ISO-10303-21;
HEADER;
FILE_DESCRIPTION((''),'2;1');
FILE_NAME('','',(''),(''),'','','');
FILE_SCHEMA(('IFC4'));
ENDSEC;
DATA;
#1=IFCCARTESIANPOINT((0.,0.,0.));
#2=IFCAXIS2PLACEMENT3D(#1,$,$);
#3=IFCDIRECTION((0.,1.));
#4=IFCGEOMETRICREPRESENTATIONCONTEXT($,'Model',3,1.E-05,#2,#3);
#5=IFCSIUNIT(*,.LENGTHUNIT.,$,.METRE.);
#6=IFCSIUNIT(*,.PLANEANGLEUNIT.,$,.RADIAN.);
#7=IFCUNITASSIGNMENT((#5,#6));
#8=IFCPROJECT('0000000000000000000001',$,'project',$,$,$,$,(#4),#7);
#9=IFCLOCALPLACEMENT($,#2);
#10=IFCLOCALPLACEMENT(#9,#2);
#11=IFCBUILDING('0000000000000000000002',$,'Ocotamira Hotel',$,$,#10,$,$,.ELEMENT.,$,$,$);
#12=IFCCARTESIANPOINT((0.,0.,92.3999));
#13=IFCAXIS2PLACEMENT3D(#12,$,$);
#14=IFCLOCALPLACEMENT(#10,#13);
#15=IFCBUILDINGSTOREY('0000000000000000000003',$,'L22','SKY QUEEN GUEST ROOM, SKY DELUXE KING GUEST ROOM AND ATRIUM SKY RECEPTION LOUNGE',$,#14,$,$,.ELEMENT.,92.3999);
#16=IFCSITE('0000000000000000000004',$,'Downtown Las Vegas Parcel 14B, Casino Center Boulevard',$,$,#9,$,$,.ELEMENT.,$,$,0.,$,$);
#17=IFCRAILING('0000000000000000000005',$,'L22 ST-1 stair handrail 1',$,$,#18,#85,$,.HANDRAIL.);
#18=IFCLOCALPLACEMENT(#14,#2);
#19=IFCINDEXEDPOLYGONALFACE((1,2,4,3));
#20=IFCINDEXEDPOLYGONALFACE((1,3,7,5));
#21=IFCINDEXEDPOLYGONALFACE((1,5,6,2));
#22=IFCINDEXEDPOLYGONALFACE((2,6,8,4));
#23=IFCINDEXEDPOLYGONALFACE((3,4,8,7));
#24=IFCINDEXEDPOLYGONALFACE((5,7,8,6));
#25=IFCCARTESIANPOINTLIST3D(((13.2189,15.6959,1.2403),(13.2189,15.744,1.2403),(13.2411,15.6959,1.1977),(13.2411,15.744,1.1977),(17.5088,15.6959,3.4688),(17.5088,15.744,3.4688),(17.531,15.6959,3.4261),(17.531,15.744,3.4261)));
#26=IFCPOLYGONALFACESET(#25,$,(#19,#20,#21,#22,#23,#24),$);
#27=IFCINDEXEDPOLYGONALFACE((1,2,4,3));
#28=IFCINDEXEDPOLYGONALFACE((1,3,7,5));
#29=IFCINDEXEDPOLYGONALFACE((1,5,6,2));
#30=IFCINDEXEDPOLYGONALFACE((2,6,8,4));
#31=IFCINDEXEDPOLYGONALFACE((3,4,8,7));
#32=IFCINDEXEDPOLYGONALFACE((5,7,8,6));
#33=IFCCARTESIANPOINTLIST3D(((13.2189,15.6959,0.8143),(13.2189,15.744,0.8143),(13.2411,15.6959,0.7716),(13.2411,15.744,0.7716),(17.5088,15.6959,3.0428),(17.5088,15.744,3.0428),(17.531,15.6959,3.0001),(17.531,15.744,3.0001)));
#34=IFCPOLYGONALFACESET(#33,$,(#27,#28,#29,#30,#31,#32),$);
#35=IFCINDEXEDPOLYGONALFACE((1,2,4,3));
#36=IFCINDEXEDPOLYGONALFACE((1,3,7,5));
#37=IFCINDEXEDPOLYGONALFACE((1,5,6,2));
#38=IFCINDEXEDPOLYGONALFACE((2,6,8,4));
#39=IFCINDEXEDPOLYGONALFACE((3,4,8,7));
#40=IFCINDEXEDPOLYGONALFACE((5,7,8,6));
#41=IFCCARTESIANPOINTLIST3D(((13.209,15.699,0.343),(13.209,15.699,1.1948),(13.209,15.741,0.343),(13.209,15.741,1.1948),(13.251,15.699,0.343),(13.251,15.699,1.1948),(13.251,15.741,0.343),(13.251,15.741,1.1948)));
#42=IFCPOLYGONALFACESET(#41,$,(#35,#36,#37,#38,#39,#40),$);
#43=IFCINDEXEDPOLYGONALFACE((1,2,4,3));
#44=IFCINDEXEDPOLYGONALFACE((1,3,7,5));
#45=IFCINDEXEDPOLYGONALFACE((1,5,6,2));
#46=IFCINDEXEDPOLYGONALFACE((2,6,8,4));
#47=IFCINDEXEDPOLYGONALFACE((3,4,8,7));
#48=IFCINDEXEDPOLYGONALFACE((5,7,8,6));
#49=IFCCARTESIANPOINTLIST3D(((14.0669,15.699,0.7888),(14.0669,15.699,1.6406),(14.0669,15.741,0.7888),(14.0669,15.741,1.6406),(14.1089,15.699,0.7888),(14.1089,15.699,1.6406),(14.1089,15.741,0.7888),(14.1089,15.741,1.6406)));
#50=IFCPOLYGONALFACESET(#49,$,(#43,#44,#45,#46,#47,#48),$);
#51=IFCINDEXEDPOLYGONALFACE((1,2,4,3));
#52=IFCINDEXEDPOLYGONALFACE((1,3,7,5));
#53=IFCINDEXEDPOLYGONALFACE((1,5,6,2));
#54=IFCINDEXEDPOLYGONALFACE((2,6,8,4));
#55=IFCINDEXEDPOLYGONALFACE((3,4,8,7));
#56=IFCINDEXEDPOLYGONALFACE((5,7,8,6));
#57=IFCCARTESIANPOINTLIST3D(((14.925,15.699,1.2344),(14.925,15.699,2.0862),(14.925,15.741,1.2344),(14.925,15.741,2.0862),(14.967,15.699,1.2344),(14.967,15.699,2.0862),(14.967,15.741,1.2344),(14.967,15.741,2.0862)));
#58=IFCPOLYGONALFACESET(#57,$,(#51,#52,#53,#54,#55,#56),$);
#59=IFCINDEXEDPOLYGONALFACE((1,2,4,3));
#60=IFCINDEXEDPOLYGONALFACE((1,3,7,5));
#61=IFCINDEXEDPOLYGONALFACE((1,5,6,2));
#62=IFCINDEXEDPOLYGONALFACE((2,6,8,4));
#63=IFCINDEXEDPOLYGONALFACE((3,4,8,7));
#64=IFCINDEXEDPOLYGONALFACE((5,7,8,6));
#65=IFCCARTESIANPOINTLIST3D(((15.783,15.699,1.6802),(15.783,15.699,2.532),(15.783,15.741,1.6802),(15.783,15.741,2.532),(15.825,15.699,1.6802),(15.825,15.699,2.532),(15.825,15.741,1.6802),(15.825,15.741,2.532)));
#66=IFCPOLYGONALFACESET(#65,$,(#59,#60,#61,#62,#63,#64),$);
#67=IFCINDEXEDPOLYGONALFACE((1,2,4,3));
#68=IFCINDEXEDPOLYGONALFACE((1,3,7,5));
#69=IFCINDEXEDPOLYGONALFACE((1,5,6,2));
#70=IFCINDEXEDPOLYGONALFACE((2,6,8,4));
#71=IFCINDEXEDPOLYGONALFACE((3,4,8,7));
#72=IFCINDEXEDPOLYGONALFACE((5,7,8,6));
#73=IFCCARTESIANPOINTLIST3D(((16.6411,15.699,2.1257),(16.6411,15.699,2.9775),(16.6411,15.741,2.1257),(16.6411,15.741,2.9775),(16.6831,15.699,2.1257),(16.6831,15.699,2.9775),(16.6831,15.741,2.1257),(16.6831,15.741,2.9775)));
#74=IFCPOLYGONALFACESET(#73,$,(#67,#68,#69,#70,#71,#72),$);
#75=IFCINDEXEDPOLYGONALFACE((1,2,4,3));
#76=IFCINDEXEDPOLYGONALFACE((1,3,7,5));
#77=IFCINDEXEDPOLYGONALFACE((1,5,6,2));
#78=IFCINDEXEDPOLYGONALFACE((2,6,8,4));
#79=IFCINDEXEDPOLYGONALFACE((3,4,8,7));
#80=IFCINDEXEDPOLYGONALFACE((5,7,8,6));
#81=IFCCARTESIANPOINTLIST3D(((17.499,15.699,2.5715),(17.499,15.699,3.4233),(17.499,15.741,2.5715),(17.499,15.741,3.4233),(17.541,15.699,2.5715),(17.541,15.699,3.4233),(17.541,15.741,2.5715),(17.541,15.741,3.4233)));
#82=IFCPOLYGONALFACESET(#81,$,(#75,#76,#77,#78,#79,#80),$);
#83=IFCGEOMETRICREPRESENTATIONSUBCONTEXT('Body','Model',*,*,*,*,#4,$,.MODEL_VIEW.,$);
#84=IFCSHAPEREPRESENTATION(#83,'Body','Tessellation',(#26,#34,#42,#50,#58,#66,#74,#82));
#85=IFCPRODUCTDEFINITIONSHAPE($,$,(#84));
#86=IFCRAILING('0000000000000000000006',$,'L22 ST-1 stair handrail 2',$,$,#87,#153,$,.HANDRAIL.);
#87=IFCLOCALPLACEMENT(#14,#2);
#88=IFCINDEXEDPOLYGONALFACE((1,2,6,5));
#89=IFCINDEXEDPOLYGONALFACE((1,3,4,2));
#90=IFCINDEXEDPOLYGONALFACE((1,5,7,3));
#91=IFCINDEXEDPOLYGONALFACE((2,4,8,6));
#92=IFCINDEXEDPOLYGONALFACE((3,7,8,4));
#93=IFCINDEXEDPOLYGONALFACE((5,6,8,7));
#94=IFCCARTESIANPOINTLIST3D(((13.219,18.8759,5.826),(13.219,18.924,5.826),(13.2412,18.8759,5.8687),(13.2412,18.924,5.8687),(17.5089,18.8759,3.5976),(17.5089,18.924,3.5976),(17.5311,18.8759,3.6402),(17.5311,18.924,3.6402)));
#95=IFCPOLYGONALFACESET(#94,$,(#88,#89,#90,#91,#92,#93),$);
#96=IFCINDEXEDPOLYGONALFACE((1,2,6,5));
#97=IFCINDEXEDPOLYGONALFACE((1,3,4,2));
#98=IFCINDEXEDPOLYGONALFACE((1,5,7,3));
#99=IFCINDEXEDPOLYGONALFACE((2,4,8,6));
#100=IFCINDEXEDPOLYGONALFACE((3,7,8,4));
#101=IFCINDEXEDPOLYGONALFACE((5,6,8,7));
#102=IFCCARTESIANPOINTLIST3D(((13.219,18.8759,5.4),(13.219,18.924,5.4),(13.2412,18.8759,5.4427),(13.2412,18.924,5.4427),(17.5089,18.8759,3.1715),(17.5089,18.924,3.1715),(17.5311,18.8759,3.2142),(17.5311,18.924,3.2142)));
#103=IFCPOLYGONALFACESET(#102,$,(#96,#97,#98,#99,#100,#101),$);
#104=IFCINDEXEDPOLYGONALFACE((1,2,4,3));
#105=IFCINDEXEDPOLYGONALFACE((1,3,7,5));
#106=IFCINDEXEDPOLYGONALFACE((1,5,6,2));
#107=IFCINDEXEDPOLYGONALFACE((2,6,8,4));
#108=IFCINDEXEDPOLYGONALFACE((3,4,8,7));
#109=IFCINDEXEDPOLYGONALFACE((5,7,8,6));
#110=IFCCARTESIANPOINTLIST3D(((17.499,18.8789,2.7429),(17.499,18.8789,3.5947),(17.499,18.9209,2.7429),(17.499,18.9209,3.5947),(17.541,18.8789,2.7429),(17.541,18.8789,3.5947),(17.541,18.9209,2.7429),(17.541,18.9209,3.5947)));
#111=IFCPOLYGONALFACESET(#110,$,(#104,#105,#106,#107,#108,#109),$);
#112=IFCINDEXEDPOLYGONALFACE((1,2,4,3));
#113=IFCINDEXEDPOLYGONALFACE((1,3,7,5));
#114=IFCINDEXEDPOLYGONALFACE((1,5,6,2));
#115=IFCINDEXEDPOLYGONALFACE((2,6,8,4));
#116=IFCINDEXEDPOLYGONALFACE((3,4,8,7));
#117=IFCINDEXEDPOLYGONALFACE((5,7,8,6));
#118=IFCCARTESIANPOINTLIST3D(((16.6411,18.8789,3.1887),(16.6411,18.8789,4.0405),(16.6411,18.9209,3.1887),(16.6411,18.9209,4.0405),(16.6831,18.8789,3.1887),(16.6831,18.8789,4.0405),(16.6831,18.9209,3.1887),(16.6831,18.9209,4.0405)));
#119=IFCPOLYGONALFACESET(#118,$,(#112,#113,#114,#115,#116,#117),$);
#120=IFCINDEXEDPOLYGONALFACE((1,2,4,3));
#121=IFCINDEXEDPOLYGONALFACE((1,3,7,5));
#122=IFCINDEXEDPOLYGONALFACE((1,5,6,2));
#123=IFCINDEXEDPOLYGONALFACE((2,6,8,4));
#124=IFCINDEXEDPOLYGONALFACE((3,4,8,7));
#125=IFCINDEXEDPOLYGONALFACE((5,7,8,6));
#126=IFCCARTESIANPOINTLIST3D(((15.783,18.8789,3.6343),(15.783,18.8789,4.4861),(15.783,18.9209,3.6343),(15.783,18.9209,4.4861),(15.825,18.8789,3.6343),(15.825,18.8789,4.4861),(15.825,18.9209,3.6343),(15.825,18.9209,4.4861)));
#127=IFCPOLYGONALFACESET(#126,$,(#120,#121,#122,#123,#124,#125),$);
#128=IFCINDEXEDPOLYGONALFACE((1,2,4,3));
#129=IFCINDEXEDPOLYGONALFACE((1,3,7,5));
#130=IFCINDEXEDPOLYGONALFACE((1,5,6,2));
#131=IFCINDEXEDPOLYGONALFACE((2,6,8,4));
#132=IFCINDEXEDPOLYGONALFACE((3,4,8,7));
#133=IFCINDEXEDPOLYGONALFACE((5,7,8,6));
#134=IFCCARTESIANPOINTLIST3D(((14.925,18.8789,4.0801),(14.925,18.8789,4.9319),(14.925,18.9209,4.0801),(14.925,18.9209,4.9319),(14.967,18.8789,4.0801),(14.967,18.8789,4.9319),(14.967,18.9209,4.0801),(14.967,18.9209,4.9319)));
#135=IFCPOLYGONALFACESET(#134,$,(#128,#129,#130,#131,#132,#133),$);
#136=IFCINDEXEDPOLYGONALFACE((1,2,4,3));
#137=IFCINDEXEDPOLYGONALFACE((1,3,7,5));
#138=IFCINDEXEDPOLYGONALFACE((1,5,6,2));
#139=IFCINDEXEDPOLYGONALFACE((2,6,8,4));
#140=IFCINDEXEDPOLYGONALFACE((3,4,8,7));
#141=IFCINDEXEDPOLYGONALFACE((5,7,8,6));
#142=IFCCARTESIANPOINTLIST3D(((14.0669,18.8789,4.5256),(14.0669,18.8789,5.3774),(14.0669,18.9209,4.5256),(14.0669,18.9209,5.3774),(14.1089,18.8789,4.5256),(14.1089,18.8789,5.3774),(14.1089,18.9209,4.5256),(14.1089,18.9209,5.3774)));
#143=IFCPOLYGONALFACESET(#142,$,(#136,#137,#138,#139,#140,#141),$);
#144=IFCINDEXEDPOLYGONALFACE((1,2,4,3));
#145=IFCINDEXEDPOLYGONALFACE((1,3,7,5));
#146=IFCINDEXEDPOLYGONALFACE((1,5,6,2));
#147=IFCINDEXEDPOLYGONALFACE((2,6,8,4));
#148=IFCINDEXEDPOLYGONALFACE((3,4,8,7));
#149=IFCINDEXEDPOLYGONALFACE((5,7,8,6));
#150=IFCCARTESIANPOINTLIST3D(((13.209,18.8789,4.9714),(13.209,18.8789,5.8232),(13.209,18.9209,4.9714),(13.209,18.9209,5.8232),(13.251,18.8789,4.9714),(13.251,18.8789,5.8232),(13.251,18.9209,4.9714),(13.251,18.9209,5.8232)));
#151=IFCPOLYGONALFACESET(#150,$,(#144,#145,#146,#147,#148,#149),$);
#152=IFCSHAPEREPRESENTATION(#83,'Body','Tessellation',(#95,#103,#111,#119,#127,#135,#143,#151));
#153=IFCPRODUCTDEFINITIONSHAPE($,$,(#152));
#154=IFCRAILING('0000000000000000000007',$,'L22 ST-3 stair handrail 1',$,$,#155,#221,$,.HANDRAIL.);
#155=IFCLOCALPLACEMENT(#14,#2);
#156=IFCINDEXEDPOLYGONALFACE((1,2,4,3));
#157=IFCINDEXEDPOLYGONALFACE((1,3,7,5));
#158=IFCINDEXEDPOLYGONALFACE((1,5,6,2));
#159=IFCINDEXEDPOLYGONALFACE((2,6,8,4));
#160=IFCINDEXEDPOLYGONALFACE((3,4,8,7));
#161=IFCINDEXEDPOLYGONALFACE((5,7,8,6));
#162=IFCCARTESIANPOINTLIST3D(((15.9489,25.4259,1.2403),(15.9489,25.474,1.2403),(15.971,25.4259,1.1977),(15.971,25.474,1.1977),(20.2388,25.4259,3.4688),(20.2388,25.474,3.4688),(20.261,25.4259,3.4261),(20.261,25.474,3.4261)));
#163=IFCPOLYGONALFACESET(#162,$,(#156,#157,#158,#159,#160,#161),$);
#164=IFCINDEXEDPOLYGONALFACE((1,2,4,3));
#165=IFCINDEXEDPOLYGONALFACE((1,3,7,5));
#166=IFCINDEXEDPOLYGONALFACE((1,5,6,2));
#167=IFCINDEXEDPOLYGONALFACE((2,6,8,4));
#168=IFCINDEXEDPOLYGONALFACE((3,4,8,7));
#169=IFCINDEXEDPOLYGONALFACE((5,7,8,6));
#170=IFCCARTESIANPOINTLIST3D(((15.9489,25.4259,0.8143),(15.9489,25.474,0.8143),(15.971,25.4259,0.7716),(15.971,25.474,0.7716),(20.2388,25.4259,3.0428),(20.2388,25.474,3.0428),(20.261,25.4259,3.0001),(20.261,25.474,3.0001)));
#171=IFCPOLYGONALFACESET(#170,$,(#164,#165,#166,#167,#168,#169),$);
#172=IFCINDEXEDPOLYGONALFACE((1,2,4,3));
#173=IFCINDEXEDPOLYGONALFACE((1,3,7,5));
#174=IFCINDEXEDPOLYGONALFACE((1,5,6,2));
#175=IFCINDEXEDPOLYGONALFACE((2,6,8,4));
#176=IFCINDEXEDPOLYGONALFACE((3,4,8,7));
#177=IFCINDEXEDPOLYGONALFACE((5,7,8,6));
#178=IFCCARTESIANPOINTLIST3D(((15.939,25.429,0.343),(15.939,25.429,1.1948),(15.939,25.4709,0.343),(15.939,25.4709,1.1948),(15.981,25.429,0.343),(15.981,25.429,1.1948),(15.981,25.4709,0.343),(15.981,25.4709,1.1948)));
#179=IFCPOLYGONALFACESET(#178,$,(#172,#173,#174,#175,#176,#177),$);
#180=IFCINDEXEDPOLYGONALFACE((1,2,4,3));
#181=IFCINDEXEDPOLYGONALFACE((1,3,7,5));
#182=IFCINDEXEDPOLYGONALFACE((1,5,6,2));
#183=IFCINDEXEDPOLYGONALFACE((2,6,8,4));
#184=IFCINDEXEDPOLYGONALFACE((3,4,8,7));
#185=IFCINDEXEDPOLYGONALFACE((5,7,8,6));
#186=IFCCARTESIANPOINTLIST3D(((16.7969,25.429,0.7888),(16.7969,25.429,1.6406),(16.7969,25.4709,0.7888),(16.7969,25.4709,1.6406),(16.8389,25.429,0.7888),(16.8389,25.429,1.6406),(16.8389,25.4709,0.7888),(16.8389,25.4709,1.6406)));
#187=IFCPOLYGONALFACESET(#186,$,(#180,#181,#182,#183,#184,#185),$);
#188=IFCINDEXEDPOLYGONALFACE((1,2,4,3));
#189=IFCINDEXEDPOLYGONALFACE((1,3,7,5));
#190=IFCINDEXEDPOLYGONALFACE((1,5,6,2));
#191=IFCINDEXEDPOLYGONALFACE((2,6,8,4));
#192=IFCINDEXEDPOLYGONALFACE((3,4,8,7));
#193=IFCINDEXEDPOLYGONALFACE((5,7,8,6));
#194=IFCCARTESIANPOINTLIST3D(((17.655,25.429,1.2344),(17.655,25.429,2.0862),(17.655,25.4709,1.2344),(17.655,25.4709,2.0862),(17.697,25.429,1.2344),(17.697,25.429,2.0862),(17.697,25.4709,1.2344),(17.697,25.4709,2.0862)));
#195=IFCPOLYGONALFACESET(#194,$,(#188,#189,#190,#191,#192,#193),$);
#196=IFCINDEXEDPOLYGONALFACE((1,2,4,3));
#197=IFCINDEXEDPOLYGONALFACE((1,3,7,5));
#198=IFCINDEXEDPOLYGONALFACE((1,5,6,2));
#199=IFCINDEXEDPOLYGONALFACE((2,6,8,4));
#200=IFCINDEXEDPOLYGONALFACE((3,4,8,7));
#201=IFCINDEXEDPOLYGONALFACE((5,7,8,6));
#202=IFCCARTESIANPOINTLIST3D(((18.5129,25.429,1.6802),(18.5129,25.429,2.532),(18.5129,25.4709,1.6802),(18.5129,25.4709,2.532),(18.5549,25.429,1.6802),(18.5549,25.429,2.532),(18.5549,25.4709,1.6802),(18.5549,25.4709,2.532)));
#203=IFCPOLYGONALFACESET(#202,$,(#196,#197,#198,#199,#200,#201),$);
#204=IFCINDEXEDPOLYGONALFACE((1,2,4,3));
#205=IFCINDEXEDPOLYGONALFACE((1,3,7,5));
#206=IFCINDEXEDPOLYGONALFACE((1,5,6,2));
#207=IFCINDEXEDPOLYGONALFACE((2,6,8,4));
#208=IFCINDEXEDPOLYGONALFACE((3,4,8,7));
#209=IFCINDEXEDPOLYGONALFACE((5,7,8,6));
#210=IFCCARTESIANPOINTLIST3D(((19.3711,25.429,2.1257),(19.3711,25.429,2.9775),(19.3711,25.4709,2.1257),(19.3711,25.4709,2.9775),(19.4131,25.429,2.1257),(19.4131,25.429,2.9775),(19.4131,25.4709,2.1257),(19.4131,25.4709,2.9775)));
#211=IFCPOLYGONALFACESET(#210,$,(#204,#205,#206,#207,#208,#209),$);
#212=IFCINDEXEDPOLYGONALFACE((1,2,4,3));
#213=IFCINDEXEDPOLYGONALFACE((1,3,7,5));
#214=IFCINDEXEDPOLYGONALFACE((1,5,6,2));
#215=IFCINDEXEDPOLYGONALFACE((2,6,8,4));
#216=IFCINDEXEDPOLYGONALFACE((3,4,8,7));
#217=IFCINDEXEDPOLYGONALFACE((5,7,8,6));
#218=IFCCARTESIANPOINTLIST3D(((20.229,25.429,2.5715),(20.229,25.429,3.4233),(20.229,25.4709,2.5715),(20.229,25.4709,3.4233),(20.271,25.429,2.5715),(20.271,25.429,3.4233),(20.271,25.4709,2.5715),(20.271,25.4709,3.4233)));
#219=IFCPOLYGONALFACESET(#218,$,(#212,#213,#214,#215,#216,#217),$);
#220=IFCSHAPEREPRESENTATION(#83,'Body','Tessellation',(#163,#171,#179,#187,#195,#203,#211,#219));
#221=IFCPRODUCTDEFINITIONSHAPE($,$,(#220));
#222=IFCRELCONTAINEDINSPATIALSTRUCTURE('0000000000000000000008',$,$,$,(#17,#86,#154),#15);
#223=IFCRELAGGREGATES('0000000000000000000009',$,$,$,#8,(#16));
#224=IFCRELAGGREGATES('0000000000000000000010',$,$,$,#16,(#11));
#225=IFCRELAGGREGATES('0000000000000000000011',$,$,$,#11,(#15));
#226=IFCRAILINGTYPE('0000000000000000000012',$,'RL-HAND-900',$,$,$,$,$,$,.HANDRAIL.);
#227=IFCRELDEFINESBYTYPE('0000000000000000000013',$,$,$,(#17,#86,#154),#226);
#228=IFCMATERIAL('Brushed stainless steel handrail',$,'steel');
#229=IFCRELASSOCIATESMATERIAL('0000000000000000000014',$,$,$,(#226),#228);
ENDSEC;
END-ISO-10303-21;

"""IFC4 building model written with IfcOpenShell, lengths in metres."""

from ifc_helpers import new_model, si_unit, direction, frame, origin, origin_2d, place, context, subcontext, project, spatial, rectangle, extrude, material, type_object, element, save


model = new_model("IFC4")

# Units and contexts
model_context = context("Model", 3, precision=1e-05, world=origin(), true_north=direction((0.0, 1.0)))
body_context = subcontext(model_context, "Body", "Model", "MODEL_VIEW")
ifc_project = project(units=[si_unit("LENGTHUNIT", "METRE"), si_unit("PLANEANGLEUNIT", "RADIAN")], contexts=[model_context])

# Site, building, storey
site_placement = place(None, origin())
site = spatial("IfcSite", under=ifc_project, at=site_placement, Name="Downtown Las Vegas Parcel 14B, Casino Center Boulevard", CompositionType="ELEMENT", RefElevation=0.0)
building_placement = place(site_placement, origin())
building = spatial("IfcBuilding", under=site, at=building_placement, Name="Ocotamira Hotel", CompositionType="ELEMENT")
storey_placement = place(building_placement, frame((0.0, 0.0, 92.3999)))
storey = spatial("IfcBuildingStorey", under=building, at=storey_placement, Name="L22", Description="SKY QUEEN GUEST ROOM, SKY DELUXE KING GUEST ROOM AND ATRIUM SKY RECEPTION LOUNGE", CompositionType="ELEMENT", Elevation=92.3999)

# Railings
ifc_material_1 = material(Name="Brushed stainless steel handrail", Category="steel")
railing_type_1 = type_object("IfcRailingType", Name="RL-HAND-900", PredefinedType="HANDRAIL", material=ifc_material_1)
railing_1_placement = place(storey_placement, frame((13.23, 15.72, 0.343)))
element("IfcRailing", 1, at=railing_1_placement, inside=storey, type_object=railing_type_1, Name="L22 ST-1 stair handrail 1", PredefinedType="HANDRAIL", context=body_context, shape_type="SweptSolid", body=[
    extrude(rectangle(XDim=0.0481, YDim=0.0481, at=origin_2d()), frame((0.0, 0.0, 0.876), z_axis=(0.887412, 0.0, 0.460977), x_axis=(0.0, 1.0, 0.0)), (0.0, 0.0, 1.0), 4.8342),
    extrude(rectangle(XDim=0.0481, YDim=0.0481, at=origin_2d()), frame((0.0, 0.0, 0.45), z_axis=(0.887412, 0.0, 0.460977), x_axis=(0.0, 1.0, 0.0)), (0.0, 0.0, 1.0), 4.8342),
    extrude(rectangle(XDim=0.042, YDim=0.042, at=origin_2d()), origin(), (0.0, 0.0, 1.0), 0.8518),
    extrude(rectangle(XDim=0.042, YDim=0.042, at=origin_2d()), frame((0.8579, 0.0, 0.4458)), (0.0, 0.0, 1.0), 0.8518),
    extrude(rectangle(XDim=0.042, YDim=0.042, at=origin_2d()), frame((1.7161, 0.0, 0.8914)), (0.0, 0.0, 1.0), 0.8518),
    extrude(rectangle(XDim=0.042, YDim=0.042, at=origin_2d()), frame((2.574, 0.0, 1.3372)), (0.0, 0.0, 1.0), 0.8518),
    extrude(rectangle(XDim=0.042, YDim=0.042, at=origin_2d()), frame((3.4321, 0.0, 1.7827)), (0.0, 0.0, 1.0), 0.8518),
    extrude(rectangle(XDim=0.042, YDim=0.042, at=origin_2d()), frame((4.29, 0.0, 2.2285)), (0.0, 0.0, 1.0), 0.8518),
])
railing_2_placement = place(storey_placement, frame((17.52, 18.8999, 2.7429)))
element("IfcRailing", 2, at=railing_2_placement, inside=storey, type_object=railing_type_1, Name="L22 ST-1 stair handrail 2", PredefinedType="HANDRAIL", context=body_context, shape_type="SweptSolid", body=[
    extrude(rectangle(XDim=0.0481, YDim=0.0481, at=origin_2d()), frame((0.0, 0.0, 0.876), z_axis=(-0.887412, 0.0, 0.460977), x_axis=(0.0, -1.0, 0.0)), (0.0, 0.0, 1.0), 4.8342),
    extrude(rectangle(XDim=0.0481, YDim=0.0481, at=origin_2d()), frame((0.0, 0.0, 0.45), z_axis=(-0.887412, 0.0, 0.460977), x_axis=(0.0, -1.0, 0.0)), (0.0, 0.0, 1.0), 4.8342),
    extrude(rectangle(XDim=0.042, YDim=0.042, at=origin_2d()), origin(), (0.0, 0.0, 1.0), 0.8518),
    extrude(rectangle(XDim=0.042, YDim=0.042, at=origin_2d()), frame((-0.8579, 0.0, 0.4458)), (0.0, 0.0, 1.0), 0.8518),
    extrude(rectangle(XDim=0.042, YDim=0.042, at=origin_2d()), frame((-1.7161, 0.0, 0.8914)), (0.0, 0.0, 1.0), 0.8518),
    extrude(rectangle(XDim=0.042, YDim=0.042, at=origin_2d()), frame((-2.574, 0.0, 1.3372)), (0.0, 0.0, 1.0), 0.8518),
    extrude(rectangle(XDim=0.042, YDim=0.042, at=origin_2d()), frame((-3.4321, 0.0, 1.7827)), (0.0, 0.0, 1.0), 0.8518),
    extrude(rectangle(XDim=0.042, YDim=0.042, at=origin_2d()), frame((-4.29, 0.0, 2.2285)), (0.0, 0.0, 1.0), 0.8518),
])
railing_3_placement = place(storey_placement, frame((15.96, 25.45, 0.343)))
element("IfcRailing", 3, at=railing_3_placement, inside=storey, type_object=railing_type_1, Name="L22 ST-3 stair handrail 1", PredefinedType="HANDRAIL", context=body_context, shape_type="SweptSolid", body=[
    extrude(rectangle(XDim=0.0481, YDim=0.0481, at=origin_2d()), frame((0.0, 0.0, 0.876), z_axis=(0.887412, 0.0, 0.460977), x_axis=(0.0, 1.0, 0.0)), (0.0, 0.0, 1.0), 4.8342),
    extrude(rectangle(XDim=0.0481, YDim=0.0481, at=origin_2d()), frame((0.0, 0.0, 0.45), z_axis=(0.887412, 0.0, 0.460977), x_axis=(0.0, 1.0, 0.0)), (0.0, 0.0, 1.0), 4.8342),
    extrude(rectangle(XDim=0.042, YDim=0.042, at=origin_2d()), origin(), (0.0, 0.0, 1.0), 0.8518),
    extrude(rectangle(XDim=0.042, YDim=0.042, at=origin_2d()), frame((0.8579, 0.0, 0.4458)), (0.0, 0.0, 1.0), 0.8518),
    extrude(rectangle(XDim=0.042, YDim=0.042, at=origin_2d()), frame((1.7161, 0.0, 0.8914)), (0.0, 0.0, 1.0), 0.8518),
    extrude(rectangle(XDim=0.042, YDim=0.042, at=origin_2d()), frame((2.574, 0.0, 1.3372)), (0.0, 0.0, 1.0), 0.8518),
    extrude(rectangle(XDim=0.042, YDim=0.042, at=origin_2d()), frame((3.4321, 0.0, 1.7827)), (0.0, 0.0, 1.0), 0.8518),
    extrude(rectangle(XDim=0.042, YDim=0.042, at=origin_2d()), frame((4.29, 0.0, 2.2285)), (0.0, 0.0, 1.0), 0.8518),
])

save(model, "model.ifc")
